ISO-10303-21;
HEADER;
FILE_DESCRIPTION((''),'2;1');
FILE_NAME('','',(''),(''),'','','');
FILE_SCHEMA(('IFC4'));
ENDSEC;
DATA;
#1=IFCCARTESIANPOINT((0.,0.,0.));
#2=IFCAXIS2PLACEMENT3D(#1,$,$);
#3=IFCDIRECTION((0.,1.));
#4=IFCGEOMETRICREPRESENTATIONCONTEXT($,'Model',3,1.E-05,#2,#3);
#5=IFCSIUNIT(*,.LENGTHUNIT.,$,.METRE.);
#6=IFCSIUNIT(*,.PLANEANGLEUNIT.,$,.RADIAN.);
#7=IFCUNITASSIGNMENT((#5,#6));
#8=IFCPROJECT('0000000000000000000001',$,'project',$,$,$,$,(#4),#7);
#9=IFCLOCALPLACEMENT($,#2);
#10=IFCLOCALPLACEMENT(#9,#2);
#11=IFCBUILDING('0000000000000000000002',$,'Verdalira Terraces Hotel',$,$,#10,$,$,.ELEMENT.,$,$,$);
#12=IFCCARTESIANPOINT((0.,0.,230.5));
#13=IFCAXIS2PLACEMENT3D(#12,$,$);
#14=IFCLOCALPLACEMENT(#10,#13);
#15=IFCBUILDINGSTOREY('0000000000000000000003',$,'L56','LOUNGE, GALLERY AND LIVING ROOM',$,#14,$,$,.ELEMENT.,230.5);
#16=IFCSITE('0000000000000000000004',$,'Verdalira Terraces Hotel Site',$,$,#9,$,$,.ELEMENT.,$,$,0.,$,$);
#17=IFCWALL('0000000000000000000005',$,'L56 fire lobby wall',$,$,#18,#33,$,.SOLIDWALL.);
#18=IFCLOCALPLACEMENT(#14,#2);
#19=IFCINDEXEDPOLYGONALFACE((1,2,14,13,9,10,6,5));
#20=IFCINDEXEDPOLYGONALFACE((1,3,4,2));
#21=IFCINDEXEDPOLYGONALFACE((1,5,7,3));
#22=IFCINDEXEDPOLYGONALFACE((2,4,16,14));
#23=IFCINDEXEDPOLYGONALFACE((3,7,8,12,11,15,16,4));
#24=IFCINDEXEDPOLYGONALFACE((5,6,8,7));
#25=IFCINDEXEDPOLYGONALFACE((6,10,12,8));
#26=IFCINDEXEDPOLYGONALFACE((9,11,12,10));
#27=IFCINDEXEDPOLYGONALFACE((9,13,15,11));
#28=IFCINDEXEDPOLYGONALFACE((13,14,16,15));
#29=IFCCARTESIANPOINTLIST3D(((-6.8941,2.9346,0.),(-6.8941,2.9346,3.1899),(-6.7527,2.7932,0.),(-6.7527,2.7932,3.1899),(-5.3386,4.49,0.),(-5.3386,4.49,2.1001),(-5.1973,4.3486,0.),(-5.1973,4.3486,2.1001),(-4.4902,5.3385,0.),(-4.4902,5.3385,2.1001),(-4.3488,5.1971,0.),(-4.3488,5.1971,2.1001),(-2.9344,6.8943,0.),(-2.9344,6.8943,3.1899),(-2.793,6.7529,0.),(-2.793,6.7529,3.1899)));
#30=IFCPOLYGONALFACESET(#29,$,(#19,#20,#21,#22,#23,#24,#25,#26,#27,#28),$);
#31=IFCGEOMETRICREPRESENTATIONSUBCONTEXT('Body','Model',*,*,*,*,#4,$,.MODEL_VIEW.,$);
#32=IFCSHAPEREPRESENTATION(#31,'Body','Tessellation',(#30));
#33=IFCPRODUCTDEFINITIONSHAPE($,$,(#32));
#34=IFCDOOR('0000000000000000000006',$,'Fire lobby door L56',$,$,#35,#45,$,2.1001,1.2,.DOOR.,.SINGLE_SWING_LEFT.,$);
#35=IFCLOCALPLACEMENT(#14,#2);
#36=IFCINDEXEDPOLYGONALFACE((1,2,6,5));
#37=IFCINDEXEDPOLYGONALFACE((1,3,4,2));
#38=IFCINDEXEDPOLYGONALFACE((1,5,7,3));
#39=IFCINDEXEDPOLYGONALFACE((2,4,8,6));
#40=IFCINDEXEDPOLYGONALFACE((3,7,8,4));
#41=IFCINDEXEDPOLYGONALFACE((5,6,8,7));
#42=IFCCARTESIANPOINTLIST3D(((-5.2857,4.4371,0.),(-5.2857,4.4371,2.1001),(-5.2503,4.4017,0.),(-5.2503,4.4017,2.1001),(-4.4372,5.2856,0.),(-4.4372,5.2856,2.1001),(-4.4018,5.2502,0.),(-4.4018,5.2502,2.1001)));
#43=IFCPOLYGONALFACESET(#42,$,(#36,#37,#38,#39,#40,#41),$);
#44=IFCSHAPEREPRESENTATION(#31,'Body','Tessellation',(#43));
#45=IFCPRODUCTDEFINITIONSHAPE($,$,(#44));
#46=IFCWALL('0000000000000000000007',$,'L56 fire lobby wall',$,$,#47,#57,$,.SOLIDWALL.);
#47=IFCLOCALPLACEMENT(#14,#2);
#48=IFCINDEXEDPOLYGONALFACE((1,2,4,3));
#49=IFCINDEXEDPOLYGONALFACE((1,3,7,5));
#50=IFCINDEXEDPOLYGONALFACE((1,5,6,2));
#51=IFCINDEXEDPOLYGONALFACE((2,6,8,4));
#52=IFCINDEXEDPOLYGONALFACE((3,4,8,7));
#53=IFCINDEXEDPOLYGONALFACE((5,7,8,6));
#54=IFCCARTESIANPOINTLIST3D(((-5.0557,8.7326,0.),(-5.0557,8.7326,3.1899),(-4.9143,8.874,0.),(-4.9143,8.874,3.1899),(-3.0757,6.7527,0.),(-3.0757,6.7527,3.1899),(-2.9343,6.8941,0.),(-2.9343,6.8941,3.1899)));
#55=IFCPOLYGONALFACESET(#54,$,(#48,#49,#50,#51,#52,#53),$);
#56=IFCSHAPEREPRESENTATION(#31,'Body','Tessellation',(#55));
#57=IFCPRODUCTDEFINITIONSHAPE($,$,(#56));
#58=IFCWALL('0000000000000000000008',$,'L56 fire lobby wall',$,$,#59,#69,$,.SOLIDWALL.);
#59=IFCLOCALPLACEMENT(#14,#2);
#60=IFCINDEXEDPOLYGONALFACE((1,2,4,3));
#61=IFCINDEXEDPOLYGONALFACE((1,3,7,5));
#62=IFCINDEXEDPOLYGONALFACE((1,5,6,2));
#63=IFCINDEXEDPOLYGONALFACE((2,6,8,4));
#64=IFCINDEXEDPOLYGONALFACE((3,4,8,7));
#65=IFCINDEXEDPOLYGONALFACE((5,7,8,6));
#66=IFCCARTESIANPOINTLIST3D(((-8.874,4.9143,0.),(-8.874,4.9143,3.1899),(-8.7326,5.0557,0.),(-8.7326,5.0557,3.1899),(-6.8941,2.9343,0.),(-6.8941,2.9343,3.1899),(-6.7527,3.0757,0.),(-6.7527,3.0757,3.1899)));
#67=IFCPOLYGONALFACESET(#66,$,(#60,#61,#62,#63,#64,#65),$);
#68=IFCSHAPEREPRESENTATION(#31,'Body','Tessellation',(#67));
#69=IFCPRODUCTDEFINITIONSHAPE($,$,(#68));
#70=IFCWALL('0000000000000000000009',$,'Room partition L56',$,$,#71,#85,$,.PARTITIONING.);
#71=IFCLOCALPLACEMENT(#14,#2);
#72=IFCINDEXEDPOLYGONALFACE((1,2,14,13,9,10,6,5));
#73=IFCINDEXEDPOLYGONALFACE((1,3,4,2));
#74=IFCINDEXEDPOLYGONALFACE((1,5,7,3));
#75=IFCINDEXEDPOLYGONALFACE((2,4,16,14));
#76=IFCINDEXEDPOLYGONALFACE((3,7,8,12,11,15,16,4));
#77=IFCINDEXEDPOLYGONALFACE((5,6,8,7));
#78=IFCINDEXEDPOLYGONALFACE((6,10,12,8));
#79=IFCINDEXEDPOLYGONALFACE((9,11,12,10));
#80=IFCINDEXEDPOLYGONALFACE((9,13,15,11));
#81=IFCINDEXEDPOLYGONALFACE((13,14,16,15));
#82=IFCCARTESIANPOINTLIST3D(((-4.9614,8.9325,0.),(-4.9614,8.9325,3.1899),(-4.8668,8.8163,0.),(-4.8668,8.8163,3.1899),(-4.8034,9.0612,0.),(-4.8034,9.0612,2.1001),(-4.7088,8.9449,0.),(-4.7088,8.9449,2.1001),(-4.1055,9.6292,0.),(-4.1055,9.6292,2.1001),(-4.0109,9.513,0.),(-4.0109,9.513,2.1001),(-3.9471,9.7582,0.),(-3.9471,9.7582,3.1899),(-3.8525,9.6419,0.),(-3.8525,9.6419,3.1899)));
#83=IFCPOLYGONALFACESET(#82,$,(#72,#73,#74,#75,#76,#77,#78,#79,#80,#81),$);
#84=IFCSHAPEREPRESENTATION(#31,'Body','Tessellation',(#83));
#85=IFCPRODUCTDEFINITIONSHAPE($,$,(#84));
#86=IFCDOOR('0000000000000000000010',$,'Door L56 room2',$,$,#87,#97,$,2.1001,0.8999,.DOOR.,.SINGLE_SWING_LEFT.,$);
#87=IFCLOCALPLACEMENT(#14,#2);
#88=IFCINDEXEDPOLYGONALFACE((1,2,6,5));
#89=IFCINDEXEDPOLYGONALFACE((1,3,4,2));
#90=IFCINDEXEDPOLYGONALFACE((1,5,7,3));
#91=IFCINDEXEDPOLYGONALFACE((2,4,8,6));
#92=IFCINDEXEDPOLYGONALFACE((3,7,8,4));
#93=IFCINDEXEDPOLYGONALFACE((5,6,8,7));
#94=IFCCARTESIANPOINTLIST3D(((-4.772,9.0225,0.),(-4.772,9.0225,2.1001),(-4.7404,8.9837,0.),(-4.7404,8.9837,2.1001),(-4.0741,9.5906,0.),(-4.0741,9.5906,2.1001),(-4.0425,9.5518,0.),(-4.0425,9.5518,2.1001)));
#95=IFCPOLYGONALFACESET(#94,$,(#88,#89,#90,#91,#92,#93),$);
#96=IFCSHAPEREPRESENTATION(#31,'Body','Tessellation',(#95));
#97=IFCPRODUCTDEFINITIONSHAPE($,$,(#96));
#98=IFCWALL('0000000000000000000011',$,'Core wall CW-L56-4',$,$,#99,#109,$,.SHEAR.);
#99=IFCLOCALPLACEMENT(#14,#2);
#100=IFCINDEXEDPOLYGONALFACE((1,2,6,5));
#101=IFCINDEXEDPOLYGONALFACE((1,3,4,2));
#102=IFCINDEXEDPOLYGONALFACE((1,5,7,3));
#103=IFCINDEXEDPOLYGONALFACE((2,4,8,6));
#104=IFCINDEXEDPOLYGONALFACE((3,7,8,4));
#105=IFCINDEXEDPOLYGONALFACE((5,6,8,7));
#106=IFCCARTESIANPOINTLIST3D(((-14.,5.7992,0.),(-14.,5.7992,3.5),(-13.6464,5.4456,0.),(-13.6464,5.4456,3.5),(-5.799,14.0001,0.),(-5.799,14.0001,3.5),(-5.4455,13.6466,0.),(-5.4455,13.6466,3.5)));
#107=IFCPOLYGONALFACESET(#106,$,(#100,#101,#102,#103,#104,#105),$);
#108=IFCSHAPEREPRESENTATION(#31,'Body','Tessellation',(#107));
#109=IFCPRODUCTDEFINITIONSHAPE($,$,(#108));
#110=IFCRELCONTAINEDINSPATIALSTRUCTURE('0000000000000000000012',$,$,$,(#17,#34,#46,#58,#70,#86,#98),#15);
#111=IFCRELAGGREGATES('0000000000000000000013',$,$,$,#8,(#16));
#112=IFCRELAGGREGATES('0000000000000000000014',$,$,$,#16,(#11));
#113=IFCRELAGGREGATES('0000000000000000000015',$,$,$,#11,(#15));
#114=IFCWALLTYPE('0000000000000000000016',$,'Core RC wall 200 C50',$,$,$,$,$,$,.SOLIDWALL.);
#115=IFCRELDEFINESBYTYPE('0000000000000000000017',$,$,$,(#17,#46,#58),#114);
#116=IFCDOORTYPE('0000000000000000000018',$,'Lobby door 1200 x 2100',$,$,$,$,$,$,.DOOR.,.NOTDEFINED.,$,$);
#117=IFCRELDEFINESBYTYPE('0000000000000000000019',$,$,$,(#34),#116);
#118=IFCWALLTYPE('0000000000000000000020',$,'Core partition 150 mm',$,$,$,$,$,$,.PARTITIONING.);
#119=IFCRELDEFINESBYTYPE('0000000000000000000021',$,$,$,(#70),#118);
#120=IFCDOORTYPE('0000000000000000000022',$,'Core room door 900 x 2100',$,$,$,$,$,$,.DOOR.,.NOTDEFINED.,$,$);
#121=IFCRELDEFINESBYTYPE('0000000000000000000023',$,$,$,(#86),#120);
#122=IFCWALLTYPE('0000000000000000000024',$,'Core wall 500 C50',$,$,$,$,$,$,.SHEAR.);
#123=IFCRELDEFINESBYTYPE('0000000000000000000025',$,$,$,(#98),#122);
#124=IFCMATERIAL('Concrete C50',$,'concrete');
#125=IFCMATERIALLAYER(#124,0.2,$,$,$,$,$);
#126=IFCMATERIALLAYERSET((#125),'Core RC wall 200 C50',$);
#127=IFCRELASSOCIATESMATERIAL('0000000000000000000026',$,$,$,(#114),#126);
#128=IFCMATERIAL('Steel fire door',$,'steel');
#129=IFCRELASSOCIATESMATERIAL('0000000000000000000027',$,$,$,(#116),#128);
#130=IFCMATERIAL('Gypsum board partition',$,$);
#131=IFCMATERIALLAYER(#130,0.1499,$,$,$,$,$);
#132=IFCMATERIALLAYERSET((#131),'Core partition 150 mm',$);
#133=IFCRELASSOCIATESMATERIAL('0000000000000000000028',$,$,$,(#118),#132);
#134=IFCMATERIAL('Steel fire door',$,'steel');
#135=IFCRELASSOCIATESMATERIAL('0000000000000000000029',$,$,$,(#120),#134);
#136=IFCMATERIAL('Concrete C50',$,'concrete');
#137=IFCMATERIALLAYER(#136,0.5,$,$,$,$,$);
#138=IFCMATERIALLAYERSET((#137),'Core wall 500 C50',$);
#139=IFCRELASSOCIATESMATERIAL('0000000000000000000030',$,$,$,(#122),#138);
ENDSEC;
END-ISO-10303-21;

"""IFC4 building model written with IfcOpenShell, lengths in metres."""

from ifc_helpers import new_model, si_unit, direction, frame, frame_2d, origin, place, context, subcontext, project, spatial, rectangle, extrude, material, layer, layer_set, type_object, element, fill, save


model = new_model("IFC4")

# Units and contexts
model_context = context("Model", 3, precision=1e-05, world=origin(), true_north=direction((0.0, 1.0)))
body_context = subcontext(model_context, "Body", "Model", "MODEL_VIEW")
ifc_project = project(units=[si_unit("LENGTHUNIT", "METRE"), si_unit("PLANEANGLEUNIT", "RADIAN")], contexts=[model_context])

# Site, building, storey
site_placement = place(None, origin())
site = spatial("IfcSite", under=ifc_project, at=site_placement, Name="Verdalira Terraces Hotel Site", CompositionType="ELEMENT", RefElevation=0.0)
building_placement = place(site_placement, origin())
building = spatial("IfcBuilding", under=site, at=building_placement, Name="Verdalira Terraces Hotel", CompositionType="ELEMENT")
storey_placement = place(building_placement, frame((0.0, 0.0, 230.5)))
storey = spatial("IfcBuildingStorey", under=building, at=storey_placement, Name="L56", Description="LOUNGE, GALLERY AND LIVING ROOM", CompositionType="ELEMENT", Elevation=230.5)

# Shared definitions
ifc_material_1 = material(Name="Concrete C50", Category="concrete")
ifc_layer_1 = layer(ifc_material_1, 0.2)
ifc_layer_set_1 = layer_set([ifc_layer_1], Name="Core RC wall 200 C50")
wall_type_1 = type_object("IfcWallType", Name="Core RC wall 200 C50", PredefinedType="SOLIDWALL", material=ifc_layer_set_1)

# Wall, opening, door
wall_1_placement = place(storey_placement, frame((-2.8638, 6.8235, 0.0), z_axis=(0.0, 0.0, 1.0), x_axis=(-0.707107, -0.707107, 0.0)))
wall_1 = element("IfcWall", 1, at=wall_1_placement, inside=storey, type_object=wall_type_1, Name="L56 fire lobby wall", PredefinedType="SOLIDWALL", context=body_context, shape_type="SweptSolid", body=[
    extrude(rectangle(XDim=5.5999, YDim=0.2, at=frame_2d((2.7998, 0.0))), origin(), (0.0, 0.0, 1.0), 3.1899),
])
opening_1_placement = place(wall_1_placement, frame((2.2, 0.0, 0.0)))
opening_1 = element("IfcOpeningElement", 2, at=opening_1_placement, cuts=wall_1, PredefinedType="OPENING", context=body_context, shape_type="SweptSolid", body=[
    extrude(rectangle(XDim=1.2, YDim=2.1001, at=frame_2d((0.6001, 1.05))), frame((0.0, 0.1099, 0.0), z_axis=(0.0, -1.0, 0.0), x_axis=(1.0, 0.0, 0.0)), (0.0, 0.0, 1.0), 0.22),
])
ifc_material_2 = material(Name="Steel fire door", Category="steel")
door_type_1 = type_object("IfcDoorType", Name="Lobby door 1200 x 2100", OperationType="NOTDEFINED", PredefinedType="DOOR", material=ifc_material_2)
door_1_placement = place(opening_1_placement, origin())
door_1 = element("IfcDoor", 3, at=door_1_placement, inside=storey, type_object=door_type_1, Name="Fire lobby door L56", OperationType="SINGLE_SWING_LEFT", OverallHeight=2.1001, OverallWidth=1.2, PredefinedType="DOOR", context=body_context, shape_type="SweptSolid", body=[
    extrude(rectangle(XDim=1.2, YDim=2.1001, at=frame_2d((0.6001, 1.05))), frame((0.0, 0.0249, 0.0), z_axis=(0.0, -1.0, 0.0), x_axis=(1.0, 0.0, 0.0)), (0.0, 0.0, 1.0), 0.05),
])
fill(opening_1, door_1)

# Walls
for number, where, z_axis, x_axis, name in (
    (4, (-3.0051, 6.8235, 0.0), (0.0, 0.0, 1.0), (-0.707107, 0.707107, 0.0), "L56 fire lobby wall"),
    (5, (-6.8235, 3.0051, 0.0), (0.0, 0.0, 1.0), (-0.707107, 0.707107, 0.0), "L56 fire lobby wall"),
):
    element("IfcWall", number, at=place(storey_placement, frame(where, z_axis=z_axis, x_axis=x_axis)), inside=storey, type_object=wall_type_1, Name=name, PredefinedType="SOLIDWALL", context=body_context, shape_type="SweptSolid", body=[
        extrude(rectangle(XDim=2.8, YDim=0.2, at=frame_2d((1.3999, 0.0))), origin(), (0.0, 0.0, 1.0), 3.1899),
    ])

# Wall, opening, door
ifc_material_3 = material(Name="Gypsum board partition")
ifc_layer_2 = layer(ifc_material_3, 0.1499)
ifc_layer_set_2 = layer_set([ifc_layer_2], Name="Core partition 150 mm")
wall_type_2 = type_object("IfcWallType", Name="Core partition 150 mm", PredefinedType="PARTITIONING", material=ifc_layer_set_2)
wall_2_placement = place(storey_placement, frame((-3.8999, 9.7, 0.0), z_axis=(0.0, 0.0, 1.0), x_axis=(-0.77556, -0.631274, 0.0)))
wall_2 = element("IfcWall", 6, at=wall_2_placement, inside=storey, type_object=wall_type_2, Name="Room partition L56", PredefinedType="PARTITIONING", context=body_context, shape_type="SweptSolid", body=[
    extrude(rectangle(XDim=1.3079, YDim=0.1499, at=frame_2d((0.6538, 0.0))), origin(), (0.0, 0.0, 1.0), 3.1899),
])
opening_2_placement = place(wall_2_placement, frame((0.2041, 0.0, 0.0)))
opening_2 = element("IfcOpeningElement", 7, at=opening_2_placement, cuts=wall_2, PredefinedType="OPENING", context=body_context, shape_type="SweptSolid", body=[
    extrude(rectangle(XDim=0.8999, YDim=2.1001, at=frame_2d((0.45, 1.05))), frame((0.0, 0.085, 0.0), z_axis=(0.0, -1.0, 0.0), x_axis=(1.0, 0.0, 0.0)), (0.0, 0.0, 1.0), 0.1699),
])
ifc_material_4 = material(Name="Steel fire door", Category="steel")
door_type_2 = type_object("IfcDoorType", Name="Core room door 900 x 2100", OperationType="NOTDEFINED", PredefinedType="DOOR", material=ifc_material_4)
door_2_placement = place(opening_2_placement, origin())
door_2 = element("IfcDoor", 8, at=door_2_placement, inside=storey, type_object=door_type_2, Name="Door L56 room2", OperationType="SINGLE_SWING_LEFT", OverallHeight=2.1001, OverallWidth=0.8999, PredefinedType="DOOR", context=body_context, shape_type="SweptSolid", body=[
    extrude(rectangle(XDim=0.8999, YDim=2.1001, at=frame_2d((0.45, 1.05))), frame((0.0, 0.0249, 0.0), z_axis=(0.0, -1.0, 0.0), x_axis=(1.0, 0.0, 0.0)), (0.0, 0.0, 1.0), 0.05),
])
fill(opening_2, door_2)

# Wall
ifc_material_5 = material(Name="Concrete C50", Category="concrete")
ifc_layer_3 = layer(ifc_material_5, 0.5)
ifc_layer_set_3 = layer_set([ifc_layer_3], Name="Core wall 500 C50")
wall_type_3 = type_object("IfcWallType", Name="Core wall 500 C50", PredefinedType="SHEAR", material=ifc_layer_set_3)
wall_3_placement = place(storey_placement, frame((-5.6223, 13.8232, 0.0), z_axis=(0.0, 0.0, 1.0), x_axis=(-0.707107, -0.707107, 0.0)))
element("IfcWall", 9, at=wall_3_placement, inside=storey, type_object=wall_type_3, Name="Core wall CW-L56-4", PredefinedType="SHEAR", context=body_context, shape_type="SweptSolid", body=[
    extrude(rectangle(XDim=11.5979, YDim=0.5, at=frame_2d((5.7988, 0.0))), origin(), (0.0, 0.0, 1.0), 3.5),
])

save(model, "model.ifc")
